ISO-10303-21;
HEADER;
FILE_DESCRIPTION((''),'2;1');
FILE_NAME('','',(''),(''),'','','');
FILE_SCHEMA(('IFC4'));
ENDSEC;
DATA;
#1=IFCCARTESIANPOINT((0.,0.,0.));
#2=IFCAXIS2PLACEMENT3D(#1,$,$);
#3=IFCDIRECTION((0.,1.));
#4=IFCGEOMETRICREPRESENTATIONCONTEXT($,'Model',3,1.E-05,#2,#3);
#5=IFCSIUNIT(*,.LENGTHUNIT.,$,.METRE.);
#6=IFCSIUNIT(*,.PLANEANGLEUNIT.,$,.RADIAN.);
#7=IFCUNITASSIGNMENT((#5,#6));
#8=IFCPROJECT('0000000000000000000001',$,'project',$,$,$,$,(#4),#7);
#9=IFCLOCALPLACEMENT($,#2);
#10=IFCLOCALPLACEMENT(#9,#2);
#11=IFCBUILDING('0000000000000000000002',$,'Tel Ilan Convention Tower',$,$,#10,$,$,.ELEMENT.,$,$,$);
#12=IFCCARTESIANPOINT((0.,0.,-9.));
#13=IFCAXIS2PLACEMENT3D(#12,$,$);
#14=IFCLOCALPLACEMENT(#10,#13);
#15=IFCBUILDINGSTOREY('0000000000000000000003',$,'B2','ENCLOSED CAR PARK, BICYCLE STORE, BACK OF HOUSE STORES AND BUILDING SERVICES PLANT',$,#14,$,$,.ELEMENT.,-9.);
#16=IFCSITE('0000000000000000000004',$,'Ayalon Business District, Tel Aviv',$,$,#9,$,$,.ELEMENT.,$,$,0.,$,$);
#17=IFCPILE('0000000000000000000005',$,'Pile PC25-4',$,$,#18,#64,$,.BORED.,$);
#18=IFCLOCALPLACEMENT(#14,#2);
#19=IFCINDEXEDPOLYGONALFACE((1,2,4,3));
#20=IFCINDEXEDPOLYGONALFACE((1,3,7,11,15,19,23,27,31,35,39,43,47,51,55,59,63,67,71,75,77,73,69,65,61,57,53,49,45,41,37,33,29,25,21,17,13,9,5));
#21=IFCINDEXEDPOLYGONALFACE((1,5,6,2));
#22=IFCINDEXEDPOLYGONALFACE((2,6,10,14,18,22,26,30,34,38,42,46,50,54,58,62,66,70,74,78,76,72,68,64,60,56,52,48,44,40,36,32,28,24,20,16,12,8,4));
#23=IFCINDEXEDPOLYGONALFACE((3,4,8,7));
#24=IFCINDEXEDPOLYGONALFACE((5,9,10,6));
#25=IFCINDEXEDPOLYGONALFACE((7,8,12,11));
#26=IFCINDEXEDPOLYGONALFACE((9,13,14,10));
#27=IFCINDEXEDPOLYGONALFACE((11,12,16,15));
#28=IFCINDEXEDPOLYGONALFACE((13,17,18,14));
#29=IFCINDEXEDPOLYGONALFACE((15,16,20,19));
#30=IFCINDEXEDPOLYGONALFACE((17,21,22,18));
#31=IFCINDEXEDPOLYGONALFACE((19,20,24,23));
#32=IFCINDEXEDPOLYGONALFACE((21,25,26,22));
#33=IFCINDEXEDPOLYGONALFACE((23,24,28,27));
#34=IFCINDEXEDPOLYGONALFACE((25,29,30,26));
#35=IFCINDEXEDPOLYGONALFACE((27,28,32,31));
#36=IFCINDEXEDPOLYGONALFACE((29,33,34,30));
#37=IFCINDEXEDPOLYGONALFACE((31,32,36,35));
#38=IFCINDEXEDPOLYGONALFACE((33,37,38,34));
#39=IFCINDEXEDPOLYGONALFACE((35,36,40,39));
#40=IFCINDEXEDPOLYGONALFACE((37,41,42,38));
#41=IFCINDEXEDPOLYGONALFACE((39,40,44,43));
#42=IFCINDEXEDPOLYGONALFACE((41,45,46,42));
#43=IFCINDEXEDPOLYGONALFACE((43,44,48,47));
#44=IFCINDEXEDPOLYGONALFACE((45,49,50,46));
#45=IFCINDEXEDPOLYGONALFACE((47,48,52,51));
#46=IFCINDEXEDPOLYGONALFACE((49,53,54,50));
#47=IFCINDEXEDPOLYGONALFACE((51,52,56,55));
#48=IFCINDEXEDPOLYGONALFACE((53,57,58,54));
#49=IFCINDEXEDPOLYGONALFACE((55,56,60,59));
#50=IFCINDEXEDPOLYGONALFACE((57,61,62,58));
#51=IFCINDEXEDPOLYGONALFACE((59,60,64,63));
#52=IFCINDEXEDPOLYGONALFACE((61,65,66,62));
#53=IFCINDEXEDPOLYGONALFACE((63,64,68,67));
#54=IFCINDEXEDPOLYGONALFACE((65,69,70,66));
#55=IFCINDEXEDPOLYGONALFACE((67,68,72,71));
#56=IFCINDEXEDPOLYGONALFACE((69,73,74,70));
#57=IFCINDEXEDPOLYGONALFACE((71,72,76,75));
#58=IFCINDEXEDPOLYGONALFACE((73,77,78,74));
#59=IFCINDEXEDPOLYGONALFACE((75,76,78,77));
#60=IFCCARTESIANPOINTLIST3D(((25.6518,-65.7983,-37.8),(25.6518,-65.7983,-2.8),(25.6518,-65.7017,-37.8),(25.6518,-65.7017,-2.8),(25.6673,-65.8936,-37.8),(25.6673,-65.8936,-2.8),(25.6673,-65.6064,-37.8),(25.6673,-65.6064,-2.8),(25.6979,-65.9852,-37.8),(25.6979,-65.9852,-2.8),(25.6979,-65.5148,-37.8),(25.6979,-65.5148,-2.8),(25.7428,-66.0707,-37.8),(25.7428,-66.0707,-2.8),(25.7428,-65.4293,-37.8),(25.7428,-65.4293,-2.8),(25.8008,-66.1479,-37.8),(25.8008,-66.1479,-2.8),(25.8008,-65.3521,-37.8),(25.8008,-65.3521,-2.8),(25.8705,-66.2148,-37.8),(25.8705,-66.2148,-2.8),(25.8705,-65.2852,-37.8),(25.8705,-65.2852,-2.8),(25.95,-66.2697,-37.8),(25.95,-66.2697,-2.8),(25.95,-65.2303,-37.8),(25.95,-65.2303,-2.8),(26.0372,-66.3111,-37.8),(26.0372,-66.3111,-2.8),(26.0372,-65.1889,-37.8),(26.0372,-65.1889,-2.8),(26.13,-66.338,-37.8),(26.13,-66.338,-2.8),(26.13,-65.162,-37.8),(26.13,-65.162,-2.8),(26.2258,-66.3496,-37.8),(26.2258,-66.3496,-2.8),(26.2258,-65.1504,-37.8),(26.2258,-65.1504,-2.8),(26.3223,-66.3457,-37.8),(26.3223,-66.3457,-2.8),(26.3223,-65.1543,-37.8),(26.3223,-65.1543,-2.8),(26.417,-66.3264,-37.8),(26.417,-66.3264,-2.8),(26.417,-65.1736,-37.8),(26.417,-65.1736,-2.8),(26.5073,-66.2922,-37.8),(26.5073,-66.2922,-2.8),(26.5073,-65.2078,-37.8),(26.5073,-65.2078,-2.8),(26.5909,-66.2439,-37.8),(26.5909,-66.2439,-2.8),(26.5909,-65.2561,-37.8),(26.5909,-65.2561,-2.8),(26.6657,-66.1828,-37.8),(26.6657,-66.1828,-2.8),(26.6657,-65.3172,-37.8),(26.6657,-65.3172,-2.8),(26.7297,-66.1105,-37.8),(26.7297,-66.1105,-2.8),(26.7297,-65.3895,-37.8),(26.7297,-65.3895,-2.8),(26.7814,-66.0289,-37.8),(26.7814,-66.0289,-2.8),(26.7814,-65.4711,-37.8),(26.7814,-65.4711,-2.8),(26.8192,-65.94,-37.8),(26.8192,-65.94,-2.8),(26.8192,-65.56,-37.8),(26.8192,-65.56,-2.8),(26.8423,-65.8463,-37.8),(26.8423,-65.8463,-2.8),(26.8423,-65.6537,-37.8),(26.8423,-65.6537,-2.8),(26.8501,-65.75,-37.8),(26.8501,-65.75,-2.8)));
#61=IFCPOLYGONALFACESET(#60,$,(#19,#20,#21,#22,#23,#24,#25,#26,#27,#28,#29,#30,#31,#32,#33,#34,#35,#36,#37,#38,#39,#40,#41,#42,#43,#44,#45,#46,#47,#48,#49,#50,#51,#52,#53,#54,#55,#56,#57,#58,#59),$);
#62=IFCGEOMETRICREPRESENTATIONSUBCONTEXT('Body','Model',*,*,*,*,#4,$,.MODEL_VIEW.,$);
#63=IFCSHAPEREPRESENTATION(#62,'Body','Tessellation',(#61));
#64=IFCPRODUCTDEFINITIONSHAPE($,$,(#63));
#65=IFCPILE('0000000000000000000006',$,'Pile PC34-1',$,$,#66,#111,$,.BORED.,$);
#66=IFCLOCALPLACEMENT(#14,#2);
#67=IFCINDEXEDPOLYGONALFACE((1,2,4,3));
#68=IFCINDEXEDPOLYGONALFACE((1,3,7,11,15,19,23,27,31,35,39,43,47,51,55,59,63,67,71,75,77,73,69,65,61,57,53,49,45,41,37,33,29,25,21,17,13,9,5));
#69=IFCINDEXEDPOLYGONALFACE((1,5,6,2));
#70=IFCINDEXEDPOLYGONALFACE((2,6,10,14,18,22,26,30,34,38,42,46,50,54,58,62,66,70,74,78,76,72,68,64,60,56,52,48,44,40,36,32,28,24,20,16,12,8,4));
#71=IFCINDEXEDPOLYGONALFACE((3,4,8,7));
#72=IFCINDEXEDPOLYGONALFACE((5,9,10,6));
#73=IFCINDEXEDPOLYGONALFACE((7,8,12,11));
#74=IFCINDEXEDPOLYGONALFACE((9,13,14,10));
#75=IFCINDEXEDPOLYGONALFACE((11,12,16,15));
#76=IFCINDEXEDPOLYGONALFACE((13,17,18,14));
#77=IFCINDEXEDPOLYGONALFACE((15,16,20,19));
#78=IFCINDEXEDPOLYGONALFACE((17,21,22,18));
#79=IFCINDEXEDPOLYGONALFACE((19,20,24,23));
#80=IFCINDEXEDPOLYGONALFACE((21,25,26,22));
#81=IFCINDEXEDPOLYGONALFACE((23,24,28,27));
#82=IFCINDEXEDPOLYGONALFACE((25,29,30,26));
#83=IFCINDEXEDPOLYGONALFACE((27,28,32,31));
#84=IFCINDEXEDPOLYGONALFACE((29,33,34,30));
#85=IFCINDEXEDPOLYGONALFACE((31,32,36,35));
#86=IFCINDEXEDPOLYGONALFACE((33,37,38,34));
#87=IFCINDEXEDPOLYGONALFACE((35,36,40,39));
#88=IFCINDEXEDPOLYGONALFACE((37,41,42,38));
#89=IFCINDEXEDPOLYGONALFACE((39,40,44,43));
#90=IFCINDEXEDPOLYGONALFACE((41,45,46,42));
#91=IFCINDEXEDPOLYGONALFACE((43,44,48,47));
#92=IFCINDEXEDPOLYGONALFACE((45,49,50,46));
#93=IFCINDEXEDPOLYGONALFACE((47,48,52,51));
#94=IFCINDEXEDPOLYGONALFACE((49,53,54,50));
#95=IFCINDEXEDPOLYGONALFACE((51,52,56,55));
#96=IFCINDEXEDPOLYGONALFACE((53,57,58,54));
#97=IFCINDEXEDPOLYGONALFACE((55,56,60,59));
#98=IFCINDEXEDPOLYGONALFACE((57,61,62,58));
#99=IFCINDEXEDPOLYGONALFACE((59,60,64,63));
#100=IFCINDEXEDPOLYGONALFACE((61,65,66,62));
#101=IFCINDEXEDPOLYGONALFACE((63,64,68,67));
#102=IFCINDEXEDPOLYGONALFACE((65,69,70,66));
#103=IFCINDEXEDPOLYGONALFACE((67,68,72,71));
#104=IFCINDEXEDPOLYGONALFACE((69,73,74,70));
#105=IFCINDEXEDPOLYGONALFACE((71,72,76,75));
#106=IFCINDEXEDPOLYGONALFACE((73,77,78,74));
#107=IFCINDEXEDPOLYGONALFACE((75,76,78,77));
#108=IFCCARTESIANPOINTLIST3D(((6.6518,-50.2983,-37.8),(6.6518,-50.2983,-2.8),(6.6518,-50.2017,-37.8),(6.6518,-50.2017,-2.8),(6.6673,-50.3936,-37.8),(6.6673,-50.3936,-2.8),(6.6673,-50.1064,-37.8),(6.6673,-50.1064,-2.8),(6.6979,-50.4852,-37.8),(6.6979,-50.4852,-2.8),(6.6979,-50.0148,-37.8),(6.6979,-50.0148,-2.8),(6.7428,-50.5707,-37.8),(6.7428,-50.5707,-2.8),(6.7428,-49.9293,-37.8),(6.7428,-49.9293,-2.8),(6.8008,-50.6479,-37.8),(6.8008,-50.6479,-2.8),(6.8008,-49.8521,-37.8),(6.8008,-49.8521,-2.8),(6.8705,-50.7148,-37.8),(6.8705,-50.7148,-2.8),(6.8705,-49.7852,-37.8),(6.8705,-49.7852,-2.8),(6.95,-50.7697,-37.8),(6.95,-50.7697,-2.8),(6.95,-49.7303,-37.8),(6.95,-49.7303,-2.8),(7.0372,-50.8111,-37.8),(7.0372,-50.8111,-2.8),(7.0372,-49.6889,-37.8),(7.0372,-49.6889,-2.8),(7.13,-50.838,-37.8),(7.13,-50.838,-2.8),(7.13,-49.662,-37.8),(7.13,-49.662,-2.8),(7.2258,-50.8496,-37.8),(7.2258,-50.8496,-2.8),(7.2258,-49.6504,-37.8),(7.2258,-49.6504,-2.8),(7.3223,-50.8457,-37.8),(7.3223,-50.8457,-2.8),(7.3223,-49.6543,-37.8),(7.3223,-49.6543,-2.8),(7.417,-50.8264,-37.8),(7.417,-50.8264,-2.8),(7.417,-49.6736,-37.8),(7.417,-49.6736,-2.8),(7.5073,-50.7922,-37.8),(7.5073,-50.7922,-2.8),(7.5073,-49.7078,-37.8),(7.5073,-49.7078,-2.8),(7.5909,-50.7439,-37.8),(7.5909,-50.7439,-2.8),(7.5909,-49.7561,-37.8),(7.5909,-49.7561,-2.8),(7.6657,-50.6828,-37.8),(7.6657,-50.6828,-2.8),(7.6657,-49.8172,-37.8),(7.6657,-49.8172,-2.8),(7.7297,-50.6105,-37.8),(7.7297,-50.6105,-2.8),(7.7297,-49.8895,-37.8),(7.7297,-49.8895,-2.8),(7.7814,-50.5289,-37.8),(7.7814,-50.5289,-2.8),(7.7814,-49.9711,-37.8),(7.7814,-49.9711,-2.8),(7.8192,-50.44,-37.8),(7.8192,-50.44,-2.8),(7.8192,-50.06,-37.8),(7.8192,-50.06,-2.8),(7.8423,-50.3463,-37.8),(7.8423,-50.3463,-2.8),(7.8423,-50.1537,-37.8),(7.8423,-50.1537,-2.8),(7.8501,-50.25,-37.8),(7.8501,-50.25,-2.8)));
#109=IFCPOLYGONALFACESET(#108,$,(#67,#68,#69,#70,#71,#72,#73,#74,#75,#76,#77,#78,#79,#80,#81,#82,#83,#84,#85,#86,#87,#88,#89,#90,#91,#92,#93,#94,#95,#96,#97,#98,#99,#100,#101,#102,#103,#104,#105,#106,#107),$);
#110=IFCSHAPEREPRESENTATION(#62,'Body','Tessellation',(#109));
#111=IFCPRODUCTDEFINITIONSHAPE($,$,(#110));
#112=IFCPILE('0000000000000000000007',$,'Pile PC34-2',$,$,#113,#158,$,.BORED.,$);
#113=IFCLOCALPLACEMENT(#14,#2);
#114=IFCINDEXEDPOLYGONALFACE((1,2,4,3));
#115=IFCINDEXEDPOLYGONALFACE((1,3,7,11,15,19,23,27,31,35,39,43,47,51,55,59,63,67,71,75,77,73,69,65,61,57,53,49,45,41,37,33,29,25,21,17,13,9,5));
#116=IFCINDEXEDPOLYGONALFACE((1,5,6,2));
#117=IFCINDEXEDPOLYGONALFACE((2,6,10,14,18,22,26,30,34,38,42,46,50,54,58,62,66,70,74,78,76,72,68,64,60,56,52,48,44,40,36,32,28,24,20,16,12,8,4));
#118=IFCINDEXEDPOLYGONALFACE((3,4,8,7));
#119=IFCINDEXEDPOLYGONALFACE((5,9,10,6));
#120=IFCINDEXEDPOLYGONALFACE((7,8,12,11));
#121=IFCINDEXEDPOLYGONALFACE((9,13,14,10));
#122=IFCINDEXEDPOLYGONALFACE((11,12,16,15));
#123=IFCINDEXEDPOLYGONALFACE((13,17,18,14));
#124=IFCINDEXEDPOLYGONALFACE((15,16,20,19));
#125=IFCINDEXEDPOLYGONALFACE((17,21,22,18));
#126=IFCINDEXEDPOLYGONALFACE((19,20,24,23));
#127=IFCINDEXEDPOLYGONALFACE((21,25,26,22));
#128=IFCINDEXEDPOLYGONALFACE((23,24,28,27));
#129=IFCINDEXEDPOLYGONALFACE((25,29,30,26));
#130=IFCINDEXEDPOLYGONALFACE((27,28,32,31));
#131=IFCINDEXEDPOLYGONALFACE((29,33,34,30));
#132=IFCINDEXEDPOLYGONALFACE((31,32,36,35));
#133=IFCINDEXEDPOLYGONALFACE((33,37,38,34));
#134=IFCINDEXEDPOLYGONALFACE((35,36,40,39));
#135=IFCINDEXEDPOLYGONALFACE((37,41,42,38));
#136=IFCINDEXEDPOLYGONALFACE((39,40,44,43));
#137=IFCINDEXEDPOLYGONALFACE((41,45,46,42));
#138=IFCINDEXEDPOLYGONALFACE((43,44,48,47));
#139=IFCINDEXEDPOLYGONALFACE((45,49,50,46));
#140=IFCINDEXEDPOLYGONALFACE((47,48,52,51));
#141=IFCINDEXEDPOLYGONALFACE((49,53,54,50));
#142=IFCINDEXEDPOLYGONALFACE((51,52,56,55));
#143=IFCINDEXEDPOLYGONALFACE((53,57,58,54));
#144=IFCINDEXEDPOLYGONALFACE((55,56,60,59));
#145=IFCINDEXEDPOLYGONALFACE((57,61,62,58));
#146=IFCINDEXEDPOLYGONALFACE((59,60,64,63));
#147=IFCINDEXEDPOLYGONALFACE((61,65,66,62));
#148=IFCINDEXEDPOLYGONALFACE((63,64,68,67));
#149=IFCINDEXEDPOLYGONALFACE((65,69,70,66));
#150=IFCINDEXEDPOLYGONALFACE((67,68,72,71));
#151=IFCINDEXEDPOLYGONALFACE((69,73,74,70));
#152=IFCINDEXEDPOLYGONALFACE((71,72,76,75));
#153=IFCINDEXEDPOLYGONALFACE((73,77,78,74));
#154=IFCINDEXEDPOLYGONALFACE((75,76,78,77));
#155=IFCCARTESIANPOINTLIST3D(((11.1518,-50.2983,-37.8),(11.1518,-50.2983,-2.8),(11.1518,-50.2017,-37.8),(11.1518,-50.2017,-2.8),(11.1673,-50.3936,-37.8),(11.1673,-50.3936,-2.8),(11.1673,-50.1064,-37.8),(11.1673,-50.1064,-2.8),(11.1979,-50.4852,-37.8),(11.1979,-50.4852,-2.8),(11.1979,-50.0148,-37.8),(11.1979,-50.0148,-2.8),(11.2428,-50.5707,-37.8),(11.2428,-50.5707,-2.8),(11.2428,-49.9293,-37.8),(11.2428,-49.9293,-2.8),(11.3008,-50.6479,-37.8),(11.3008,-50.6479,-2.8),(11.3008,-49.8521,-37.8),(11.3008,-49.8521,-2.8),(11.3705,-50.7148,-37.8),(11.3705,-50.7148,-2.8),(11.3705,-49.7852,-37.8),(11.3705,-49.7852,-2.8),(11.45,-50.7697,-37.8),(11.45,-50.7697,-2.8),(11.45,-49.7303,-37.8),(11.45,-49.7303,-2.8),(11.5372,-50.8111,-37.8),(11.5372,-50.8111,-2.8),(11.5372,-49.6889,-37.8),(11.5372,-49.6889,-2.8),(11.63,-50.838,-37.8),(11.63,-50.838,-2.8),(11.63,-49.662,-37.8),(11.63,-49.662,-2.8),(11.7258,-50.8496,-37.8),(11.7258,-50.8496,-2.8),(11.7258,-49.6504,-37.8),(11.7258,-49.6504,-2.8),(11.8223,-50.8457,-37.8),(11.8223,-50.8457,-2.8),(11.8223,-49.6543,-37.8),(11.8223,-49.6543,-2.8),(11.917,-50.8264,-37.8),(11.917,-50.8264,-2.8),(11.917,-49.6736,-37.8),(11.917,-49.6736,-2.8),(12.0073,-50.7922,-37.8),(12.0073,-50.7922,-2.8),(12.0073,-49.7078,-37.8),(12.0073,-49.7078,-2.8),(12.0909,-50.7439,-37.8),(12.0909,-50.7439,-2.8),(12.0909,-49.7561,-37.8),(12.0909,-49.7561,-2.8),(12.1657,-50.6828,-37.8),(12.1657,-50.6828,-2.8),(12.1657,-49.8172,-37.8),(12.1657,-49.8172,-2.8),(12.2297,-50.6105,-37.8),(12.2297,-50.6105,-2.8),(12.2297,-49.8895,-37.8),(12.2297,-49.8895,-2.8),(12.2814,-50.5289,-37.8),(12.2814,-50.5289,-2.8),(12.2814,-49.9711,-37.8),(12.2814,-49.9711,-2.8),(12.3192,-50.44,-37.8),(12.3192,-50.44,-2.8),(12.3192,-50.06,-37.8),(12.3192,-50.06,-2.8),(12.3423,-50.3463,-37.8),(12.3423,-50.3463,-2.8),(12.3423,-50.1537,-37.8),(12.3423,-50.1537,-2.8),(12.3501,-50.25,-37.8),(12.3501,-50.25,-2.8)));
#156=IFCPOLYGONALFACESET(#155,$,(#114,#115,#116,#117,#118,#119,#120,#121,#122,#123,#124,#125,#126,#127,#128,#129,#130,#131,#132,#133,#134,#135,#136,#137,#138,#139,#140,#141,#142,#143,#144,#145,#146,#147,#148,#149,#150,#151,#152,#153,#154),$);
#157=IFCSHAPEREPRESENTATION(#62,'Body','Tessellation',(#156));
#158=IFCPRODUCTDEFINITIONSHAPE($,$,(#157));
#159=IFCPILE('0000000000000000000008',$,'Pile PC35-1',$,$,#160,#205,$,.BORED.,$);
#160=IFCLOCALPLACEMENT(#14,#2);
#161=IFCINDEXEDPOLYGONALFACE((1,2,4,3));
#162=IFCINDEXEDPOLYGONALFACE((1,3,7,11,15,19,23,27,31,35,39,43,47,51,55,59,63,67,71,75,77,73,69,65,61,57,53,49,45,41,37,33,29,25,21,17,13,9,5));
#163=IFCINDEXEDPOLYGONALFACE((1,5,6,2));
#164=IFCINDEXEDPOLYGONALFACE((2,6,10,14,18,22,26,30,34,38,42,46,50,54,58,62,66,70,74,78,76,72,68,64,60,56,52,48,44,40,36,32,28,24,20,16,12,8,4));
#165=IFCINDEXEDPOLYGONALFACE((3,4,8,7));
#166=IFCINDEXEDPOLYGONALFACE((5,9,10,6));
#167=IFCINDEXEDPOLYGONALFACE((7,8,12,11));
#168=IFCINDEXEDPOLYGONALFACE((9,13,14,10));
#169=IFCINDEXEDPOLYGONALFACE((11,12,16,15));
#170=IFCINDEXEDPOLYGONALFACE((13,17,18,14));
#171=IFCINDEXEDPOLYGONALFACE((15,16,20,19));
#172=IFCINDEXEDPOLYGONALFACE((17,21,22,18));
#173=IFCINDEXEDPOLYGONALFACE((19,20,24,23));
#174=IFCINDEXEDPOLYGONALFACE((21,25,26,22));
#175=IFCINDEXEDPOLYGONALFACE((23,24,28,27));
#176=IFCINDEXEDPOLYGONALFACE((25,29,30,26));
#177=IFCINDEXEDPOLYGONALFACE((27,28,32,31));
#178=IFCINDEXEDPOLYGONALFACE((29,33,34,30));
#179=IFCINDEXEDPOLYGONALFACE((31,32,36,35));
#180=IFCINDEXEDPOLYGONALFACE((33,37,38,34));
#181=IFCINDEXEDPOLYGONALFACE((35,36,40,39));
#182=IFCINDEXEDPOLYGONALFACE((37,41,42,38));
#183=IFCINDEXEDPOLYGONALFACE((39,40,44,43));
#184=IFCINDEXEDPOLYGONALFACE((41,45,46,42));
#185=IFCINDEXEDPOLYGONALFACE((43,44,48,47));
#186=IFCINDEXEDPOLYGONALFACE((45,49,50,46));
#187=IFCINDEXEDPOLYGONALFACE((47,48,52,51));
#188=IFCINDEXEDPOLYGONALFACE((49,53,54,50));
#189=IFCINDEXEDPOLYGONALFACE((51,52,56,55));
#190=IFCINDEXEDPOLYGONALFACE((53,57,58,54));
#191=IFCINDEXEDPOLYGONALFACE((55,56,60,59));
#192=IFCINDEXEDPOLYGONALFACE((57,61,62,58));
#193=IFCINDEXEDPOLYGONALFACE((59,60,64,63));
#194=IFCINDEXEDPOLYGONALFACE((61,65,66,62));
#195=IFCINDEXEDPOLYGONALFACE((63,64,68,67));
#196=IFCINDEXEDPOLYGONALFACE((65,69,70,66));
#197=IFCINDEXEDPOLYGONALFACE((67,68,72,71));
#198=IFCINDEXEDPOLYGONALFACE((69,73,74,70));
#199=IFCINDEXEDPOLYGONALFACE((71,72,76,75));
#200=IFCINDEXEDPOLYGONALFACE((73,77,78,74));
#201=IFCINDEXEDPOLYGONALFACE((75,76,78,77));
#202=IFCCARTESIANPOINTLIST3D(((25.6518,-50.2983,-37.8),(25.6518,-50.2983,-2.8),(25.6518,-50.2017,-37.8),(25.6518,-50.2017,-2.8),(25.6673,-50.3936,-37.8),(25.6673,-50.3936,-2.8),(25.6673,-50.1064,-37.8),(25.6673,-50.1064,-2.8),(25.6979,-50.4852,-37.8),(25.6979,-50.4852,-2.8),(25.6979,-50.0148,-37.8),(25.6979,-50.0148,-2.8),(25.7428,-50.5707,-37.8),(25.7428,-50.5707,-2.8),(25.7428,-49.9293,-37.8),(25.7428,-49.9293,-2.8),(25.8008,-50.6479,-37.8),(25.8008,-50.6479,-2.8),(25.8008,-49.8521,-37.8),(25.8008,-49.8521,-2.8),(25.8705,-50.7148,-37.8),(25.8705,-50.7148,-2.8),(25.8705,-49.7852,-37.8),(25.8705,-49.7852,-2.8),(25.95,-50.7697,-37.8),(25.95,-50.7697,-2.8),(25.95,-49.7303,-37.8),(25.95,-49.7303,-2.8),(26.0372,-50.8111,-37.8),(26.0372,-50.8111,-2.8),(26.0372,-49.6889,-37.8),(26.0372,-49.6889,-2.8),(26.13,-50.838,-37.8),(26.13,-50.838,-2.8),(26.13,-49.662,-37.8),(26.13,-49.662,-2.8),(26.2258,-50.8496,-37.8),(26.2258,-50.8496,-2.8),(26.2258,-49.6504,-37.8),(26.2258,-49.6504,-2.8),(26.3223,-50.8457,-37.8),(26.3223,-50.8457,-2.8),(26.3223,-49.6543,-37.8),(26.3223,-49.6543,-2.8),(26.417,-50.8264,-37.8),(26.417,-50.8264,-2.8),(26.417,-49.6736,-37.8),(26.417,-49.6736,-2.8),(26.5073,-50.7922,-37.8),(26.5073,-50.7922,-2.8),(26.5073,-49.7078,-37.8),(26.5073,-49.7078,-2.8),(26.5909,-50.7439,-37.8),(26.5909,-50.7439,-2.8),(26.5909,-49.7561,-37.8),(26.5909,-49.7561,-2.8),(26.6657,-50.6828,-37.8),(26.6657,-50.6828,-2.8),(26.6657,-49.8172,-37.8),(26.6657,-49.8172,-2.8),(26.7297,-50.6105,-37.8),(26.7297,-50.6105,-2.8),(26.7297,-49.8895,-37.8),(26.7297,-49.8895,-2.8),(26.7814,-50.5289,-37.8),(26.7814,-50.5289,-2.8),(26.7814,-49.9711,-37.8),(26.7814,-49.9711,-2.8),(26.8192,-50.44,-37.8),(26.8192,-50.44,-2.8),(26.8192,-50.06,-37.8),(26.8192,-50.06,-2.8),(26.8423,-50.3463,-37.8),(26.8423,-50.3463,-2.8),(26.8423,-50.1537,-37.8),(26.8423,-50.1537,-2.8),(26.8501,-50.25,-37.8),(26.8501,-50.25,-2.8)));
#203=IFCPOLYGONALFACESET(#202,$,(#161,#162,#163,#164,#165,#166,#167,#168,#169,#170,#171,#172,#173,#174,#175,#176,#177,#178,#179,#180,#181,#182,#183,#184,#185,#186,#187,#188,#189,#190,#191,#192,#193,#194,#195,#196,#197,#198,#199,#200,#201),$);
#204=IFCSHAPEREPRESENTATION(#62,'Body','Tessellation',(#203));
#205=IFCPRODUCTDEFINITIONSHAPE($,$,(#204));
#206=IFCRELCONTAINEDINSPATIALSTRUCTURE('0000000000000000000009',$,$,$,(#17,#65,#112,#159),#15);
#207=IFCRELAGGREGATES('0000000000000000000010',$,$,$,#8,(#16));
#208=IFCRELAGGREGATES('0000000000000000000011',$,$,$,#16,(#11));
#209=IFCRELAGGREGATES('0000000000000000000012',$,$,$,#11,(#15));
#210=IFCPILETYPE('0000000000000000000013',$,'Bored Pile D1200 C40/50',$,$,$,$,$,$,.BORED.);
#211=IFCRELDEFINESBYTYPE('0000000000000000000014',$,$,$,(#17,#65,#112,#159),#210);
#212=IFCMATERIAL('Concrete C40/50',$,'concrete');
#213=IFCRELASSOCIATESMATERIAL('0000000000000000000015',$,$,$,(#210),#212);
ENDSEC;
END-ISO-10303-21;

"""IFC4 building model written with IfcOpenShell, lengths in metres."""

from ifc_helpers import new_model, si_unit, direction, frame, origin, origin_2d, place, context, subcontext, project, spatial, circle, extrude, material, material_profile, profile_set, type_object, element, save


model = new_model("IFC4")

# Units and contexts
model_context = context("Model", 3, precision=1e-05, world=origin(), true_north=direction((0.0, 1.0)))
body_context = subcontext(model_context, "Body", "Model", "MODEL_VIEW")
ifc_project = project(units=[si_unit("LENGTHUNIT", "METRE"), si_unit("PLANEANGLEUNIT", "RADIAN")], contexts=[model_context])

# Site, building, storey
site_placement = place(None, origin())
site = spatial("IfcSite", under=ifc_project, at=site_placement, Name="Ayalon Business District, Tel Aviv", CompositionType="ELEMENT", RefElevation=0.0)
building_placement = place(site_placement, origin())
building = spatial("IfcBuilding", under=site, at=building_placement, Name="Tel Ilan Convention Tower", CompositionType="ELEMENT")
storey_placement = place(building_placement, frame((0.0, 0.0, -9.0)))
storey = spatial("IfcBuildingStorey", under=building, at=storey_placement, Name="B2", Description="ENCLOSED CAR PARK, BICYCLE STORE, BACK OF HOUSE STORES AND BUILDING SERVICES PLANT", CompositionType="ELEMENT", Elevation=-9.0)

# Piles
ifc_material_1 = material(Name="Concrete C40/50", Category="concrete")
ifc_material_profile_1 = material_profile(ifc_material_1, circle(Radius=0.6001, at=origin_2d()), Name="BORED D1200")
ifc_profile_set_1 = profile_set([ifc_material_profile_1], Name="Concrete C40/50")
pile_type = type_object("IfcPileType", Name="Bored Pile D1200 C40/50", PredefinedType="BORED", material=ifc_profile_set_1)
for number, where, z_axis, x_axis, name in (
    (1, (26.25, -65.75, -2.8), (0.0, 0.0, -1.0), (1.0, 0.0, 0.0), "Pile PC25-4"),
    (2, (7.25, -50.25, -2.8), (0.0, 0.0, -1.0), (1.0, 0.0, 0.0), "Pile PC34-1"),
    (3, (11.75, -50.25, -2.8), (0.0, 0.0, -1.0), (1.0, 0.0, 0.0), "Pile PC34-2"),
    (4, (26.25, -50.25, -2.8), (0.0, 0.0, -1.0), (1.0, 0.0, 0.0), "Pile PC35-1"),
):
    element("IfcPile", number, at=place(storey_placement, frame(where, z_axis=z_axis, x_axis=x_axis)), inside=storey, type_object=pile_type, Name=name, PredefinedType="BORED", context=body_context, shape_type="SweptSolid", body=[
        extrude(circle(Radius=0.6001, at=origin_2d()), origin(), (0.0, 0.0, 1.0), 35.0),
    ])

save(model, "model.ifc")
